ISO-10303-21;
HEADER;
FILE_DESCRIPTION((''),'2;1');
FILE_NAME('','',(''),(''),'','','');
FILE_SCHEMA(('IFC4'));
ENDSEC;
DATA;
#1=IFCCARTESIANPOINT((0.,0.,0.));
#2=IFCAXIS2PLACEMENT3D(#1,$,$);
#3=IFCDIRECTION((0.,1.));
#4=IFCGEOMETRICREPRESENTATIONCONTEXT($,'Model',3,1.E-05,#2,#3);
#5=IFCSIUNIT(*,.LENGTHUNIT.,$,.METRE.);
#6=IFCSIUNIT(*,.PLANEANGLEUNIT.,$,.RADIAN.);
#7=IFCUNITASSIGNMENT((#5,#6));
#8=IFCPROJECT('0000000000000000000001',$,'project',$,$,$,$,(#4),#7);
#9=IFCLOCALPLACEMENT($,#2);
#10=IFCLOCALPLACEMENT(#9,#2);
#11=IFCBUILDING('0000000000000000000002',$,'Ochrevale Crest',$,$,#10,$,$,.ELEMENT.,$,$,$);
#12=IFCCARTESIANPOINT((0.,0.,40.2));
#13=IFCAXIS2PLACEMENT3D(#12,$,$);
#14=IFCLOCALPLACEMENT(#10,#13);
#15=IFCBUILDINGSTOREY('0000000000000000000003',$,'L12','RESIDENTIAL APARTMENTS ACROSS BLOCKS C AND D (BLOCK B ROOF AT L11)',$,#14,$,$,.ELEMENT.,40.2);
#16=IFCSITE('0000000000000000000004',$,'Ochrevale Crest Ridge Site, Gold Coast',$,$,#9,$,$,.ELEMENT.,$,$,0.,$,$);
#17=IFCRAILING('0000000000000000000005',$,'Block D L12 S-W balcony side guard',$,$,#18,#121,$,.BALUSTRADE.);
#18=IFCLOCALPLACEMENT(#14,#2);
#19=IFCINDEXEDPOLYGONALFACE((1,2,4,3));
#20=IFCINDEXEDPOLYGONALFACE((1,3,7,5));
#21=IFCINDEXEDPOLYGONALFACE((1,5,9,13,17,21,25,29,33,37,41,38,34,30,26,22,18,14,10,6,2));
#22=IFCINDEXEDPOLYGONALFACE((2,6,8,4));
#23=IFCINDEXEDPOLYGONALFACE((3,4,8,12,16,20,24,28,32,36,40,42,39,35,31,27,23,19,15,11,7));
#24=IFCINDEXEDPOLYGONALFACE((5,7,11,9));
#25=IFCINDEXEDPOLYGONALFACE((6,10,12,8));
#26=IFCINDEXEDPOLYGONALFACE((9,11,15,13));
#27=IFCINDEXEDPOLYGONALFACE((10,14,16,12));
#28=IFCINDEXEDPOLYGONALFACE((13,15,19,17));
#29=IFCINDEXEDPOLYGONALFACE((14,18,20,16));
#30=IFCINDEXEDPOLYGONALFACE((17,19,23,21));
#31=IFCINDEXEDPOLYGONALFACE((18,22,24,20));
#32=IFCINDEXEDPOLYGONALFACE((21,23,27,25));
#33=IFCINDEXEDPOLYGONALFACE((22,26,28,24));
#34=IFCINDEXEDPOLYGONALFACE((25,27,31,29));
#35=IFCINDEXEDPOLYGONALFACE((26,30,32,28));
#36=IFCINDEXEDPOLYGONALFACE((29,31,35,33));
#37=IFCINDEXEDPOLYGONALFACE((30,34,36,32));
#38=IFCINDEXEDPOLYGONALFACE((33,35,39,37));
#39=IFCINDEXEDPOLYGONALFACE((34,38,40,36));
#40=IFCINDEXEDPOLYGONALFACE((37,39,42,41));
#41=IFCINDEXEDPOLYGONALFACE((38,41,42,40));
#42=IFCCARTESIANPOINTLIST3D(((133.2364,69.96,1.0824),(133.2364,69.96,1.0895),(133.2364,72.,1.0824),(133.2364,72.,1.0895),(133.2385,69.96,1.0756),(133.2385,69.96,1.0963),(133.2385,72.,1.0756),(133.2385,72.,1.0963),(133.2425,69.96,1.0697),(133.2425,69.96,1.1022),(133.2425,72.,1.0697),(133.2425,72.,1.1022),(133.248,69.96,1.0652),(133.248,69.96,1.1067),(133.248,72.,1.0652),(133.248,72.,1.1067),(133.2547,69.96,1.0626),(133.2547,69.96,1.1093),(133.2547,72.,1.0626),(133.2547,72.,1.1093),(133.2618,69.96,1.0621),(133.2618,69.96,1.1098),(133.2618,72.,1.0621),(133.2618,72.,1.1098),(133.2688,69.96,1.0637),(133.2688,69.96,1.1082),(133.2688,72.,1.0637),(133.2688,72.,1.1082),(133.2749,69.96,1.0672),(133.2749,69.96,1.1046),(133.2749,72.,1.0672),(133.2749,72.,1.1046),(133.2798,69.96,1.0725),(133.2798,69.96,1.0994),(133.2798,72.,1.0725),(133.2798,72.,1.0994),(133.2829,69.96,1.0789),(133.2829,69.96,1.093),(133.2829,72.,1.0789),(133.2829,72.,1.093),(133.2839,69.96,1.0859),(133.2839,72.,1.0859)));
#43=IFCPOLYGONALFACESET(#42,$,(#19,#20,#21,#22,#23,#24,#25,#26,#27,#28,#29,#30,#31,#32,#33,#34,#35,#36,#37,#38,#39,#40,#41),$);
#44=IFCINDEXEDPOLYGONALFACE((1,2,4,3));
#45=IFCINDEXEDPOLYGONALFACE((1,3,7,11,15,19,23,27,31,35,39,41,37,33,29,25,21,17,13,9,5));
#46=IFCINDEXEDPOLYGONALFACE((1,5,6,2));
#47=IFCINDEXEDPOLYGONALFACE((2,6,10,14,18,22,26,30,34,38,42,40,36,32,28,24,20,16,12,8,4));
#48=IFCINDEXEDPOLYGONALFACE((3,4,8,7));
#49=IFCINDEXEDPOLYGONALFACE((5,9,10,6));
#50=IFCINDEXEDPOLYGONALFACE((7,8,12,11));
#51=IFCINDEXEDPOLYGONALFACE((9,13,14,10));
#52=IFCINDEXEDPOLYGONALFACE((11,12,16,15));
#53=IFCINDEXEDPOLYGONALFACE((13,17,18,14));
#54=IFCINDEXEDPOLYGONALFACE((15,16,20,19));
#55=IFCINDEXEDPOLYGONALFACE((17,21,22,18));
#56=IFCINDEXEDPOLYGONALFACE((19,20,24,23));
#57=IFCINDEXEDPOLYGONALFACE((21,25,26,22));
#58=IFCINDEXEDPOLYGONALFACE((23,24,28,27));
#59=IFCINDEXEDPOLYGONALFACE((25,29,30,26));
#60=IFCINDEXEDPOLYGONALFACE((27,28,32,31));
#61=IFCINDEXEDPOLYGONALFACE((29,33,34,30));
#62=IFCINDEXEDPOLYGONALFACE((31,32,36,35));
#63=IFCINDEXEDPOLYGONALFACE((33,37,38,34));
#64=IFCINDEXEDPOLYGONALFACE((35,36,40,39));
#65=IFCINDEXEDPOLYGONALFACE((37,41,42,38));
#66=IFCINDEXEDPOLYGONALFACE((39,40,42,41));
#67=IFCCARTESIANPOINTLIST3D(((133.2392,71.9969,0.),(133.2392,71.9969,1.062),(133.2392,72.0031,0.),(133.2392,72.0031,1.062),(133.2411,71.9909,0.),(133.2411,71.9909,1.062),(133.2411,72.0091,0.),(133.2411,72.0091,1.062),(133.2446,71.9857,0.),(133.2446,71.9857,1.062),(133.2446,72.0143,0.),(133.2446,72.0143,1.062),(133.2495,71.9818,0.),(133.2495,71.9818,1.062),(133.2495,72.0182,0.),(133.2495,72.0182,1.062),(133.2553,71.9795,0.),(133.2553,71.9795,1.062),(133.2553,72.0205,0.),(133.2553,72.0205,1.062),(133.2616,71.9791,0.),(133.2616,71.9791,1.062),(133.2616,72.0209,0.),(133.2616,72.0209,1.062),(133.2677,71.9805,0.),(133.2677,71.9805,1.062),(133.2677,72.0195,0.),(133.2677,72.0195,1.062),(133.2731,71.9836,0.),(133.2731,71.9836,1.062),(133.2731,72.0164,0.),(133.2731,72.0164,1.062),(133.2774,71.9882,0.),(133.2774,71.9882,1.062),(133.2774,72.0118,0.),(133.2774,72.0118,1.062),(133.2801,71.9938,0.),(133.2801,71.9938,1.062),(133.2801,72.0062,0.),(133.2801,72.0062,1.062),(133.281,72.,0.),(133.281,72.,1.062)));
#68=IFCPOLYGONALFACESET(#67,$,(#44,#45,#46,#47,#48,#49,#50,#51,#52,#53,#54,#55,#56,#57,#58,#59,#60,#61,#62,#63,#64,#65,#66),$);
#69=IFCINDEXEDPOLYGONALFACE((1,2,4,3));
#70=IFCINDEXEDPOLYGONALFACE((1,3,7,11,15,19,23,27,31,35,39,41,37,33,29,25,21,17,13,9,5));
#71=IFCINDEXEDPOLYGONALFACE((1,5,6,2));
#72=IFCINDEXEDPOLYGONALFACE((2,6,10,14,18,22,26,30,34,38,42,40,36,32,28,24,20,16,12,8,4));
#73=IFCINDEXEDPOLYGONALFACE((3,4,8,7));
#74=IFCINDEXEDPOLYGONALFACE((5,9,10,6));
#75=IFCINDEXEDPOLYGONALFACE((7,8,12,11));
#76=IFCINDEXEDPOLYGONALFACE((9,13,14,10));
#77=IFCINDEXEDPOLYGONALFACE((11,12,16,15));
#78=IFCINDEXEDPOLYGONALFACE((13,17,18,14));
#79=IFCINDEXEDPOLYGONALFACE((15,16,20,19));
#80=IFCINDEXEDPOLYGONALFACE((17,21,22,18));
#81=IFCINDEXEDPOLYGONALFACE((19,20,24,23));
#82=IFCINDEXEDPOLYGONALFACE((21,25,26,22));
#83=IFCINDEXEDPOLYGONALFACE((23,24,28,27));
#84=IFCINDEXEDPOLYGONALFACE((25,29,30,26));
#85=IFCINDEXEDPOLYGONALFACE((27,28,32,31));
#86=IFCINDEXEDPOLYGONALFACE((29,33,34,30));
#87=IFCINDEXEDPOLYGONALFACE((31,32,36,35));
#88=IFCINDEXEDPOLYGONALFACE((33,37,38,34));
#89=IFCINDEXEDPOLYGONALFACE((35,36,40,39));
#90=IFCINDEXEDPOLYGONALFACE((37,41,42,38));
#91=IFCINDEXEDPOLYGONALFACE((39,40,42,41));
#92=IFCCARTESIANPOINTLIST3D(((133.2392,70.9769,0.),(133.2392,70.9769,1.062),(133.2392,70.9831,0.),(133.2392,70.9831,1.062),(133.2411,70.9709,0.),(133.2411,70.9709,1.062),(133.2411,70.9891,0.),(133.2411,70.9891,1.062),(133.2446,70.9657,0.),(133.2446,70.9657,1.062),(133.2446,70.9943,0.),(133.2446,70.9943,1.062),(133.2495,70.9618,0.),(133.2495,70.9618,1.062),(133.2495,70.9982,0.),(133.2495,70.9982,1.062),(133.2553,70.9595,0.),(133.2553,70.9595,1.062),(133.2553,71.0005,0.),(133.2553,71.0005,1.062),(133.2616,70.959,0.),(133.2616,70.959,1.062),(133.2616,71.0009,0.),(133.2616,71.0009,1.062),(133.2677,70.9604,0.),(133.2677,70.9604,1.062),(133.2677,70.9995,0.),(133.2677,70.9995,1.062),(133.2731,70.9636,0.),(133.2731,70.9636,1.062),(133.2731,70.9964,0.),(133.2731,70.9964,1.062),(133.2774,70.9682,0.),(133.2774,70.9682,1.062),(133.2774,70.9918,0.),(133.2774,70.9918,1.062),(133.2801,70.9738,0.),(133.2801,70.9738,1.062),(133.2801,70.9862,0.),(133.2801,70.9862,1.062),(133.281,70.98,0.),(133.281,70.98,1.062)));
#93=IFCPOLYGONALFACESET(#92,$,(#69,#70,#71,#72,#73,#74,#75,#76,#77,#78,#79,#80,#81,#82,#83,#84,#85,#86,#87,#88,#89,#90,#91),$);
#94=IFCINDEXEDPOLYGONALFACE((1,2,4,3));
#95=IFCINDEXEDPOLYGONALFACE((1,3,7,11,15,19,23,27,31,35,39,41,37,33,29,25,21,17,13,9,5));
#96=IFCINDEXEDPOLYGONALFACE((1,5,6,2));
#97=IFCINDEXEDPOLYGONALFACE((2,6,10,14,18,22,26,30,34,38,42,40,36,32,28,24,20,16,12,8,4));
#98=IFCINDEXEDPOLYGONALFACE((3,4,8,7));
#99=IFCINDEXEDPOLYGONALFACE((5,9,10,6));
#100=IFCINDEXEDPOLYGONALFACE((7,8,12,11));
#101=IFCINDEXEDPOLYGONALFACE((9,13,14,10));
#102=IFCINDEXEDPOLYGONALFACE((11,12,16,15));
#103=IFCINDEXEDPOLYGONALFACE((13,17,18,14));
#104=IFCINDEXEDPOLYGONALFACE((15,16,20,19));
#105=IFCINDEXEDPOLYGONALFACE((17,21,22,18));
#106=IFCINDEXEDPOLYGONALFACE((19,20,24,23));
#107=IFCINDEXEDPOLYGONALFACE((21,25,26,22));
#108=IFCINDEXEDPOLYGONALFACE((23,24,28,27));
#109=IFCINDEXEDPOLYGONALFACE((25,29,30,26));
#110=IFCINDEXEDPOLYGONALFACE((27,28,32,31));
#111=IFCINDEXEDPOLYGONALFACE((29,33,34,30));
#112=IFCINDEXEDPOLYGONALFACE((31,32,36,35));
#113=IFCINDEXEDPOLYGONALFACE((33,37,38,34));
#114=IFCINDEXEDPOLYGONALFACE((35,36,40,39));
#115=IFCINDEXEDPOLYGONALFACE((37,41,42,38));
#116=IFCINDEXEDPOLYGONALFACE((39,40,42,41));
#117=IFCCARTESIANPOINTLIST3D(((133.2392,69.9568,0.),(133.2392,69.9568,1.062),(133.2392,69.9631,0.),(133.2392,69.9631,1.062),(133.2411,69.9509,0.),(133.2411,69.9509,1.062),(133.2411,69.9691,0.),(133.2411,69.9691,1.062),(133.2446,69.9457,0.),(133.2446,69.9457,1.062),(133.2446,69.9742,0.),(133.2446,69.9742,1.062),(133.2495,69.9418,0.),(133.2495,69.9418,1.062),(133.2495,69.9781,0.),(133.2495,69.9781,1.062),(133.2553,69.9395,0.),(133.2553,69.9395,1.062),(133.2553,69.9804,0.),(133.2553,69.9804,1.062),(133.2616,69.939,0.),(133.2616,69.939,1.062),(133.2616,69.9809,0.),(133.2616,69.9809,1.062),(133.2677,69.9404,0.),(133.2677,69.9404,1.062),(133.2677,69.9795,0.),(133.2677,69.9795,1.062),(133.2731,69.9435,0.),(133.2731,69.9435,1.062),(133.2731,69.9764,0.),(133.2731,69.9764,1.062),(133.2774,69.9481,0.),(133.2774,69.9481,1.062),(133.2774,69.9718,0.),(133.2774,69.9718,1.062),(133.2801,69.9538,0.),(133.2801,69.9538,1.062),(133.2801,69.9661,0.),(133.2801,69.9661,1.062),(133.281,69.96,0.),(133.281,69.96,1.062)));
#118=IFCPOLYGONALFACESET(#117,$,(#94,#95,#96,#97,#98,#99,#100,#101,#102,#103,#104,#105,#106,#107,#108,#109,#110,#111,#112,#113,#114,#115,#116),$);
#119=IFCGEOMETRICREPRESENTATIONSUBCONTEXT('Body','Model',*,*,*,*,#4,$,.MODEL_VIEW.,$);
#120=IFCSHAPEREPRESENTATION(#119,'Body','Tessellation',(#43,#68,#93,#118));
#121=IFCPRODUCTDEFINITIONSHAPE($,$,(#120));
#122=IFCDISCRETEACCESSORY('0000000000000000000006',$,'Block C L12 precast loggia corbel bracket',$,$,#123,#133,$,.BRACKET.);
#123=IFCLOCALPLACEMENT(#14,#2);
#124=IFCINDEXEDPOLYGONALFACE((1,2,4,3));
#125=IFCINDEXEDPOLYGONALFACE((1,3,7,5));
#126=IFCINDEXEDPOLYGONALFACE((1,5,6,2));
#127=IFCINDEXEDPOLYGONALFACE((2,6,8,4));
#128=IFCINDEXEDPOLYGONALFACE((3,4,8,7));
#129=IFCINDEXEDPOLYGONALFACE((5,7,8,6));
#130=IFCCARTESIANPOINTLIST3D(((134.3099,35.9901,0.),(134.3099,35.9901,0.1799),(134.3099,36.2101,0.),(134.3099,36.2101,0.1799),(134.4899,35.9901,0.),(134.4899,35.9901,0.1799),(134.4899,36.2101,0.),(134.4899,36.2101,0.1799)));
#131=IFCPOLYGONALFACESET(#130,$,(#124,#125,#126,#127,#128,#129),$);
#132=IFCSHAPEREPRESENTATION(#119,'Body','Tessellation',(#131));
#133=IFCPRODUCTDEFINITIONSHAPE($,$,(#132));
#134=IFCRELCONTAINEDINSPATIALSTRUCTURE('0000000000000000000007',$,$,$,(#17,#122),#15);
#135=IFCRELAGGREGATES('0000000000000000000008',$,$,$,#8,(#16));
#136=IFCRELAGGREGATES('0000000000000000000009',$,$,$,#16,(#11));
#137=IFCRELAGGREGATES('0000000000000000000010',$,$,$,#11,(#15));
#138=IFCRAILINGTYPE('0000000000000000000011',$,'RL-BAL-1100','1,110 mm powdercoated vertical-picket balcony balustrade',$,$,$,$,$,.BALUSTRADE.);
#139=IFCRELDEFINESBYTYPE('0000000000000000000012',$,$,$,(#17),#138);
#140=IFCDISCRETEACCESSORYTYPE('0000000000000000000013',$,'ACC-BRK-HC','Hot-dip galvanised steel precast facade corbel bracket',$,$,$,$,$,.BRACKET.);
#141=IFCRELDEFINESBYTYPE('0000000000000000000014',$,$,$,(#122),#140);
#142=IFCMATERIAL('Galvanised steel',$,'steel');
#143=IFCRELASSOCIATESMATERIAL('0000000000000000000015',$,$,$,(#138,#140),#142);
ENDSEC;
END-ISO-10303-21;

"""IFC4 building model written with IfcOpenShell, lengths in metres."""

from ifc_helpers import new_model, si_unit, direction, frame, origin, origin_2d, place, context, subcontext, project, spatial, rectangle, circle, extrude, material, type_object, element, save


model = new_model("IFC4")

# Units and contexts
model_context = context("Model", 3, precision=1e-05, world=origin(), true_north=direction((0.0, 1.0)))
body_context = subcontext(model_context, "Body", "Model", "MODEL_VIEW")
ifc_project = project(units=[si_unit("LENGTHUNIT", "METRE"), si_unit("PLANEANGLEUNIT", "RADIAN")], contexts=[model_context])

# Site, building, storey
site_placement = place(None, origin())
site = spatial("IfcSite", under=ifc_project, at=site_placement, Name="Ochrevale Crest Ridge Site, Gold Coast", CompositionType="ELEMENT", RefElevation=0.0)
building_placement = place(site_placement, origin())
building = spatial("IfcBuilding", under=site, at=building_placement, Name="Ochrevale Crest", CompositionType="ELEMENT")
storey_placement = place(building_placement, frame((0.0, 0.0, 40.2)))
storey = spatial("IfcBuildingStorey", under=building, at=storey_placement, Name="L12", Description="RESIDENTIAL APARTMENTS ACROSS BLOCKS C AND D (BLOCK B ROOF AT L11)", CompositionType="ELEMENT", Elevation=40.2)

# Railing
ifc_material_1 = material(Name="Galvanised steel", Category="steel")
railing_type = type_object("IfcRailingType", Name="RL-BAL-1100", Description="1,110 mm powdercoated vertical-picket balcony balustrade", PredefinedType="BALUSTRADE", material=ifc_material_1)
railing_1_placement = place(storey_placement, frame((133.26, 72.0, 0.0)))
element("IfcRailing", 1, at=railing_1_placement, inside=storey, type_object=railing_type, Name="Block D L12 S-W balcony side guard", PredefinedType="BALUSTRADE", context=body_context, shape_type="SweptSolid", body=[
    extrude(circle(Radius=0.0239, at=origin_2d()), frame((0.0, 0.0, 1.0859), z_axis=(0.0, -1.0, 0.0), x_axis=(1.0, 0.0, 0.0)), (0.0, 0.0, 1.0), 2.04),
    extrude(circle(Radius=0.021, at=origin_2d()), origin(), (0.0, 0.0, 1.0), 1.062),
    extrude(circle(Radius=0.021, at=origin_2d()), frame((0.0, -1.02, 0.0)), (0.0, 0.0, 1.0), 1.062),
    extrude(circle(Radius=0.021, at=origin_2d()), frame((0.0, -2.04, 0.0)), (0.0, 0.0, 1.0), 1.062),
])

# Discrete accessory
discrete_accessory_type = type_object("IfcDiscreteAccessoryType", Name="ACC-BRK-HC", Description="Hot-dip galvanised steel precast facade corbel bracket", PredefinedType="BRACKET", material=ifc_material_1)
discrete_accessory_placement = place(storey_placement, frame((134.3999, 36.1001, 0.0), z_axis=(0.0, 0.0, 1.0), x_axis=(1.0, 0.0, 0.0)))
element("IfcDiscreteAccessory", 2, at=discrete_accessory_placement, inside=storey, type_object=discrete_accessory_type, Name="Block C L12 precast loggia corbel bracket", PredefinedType="BRACKET", context=body_context, shape_type="SweptSolid", body=[
    extrude(rectangle(XDim=0.1799, YDim=0.22, at=origin_2d()), origin(), (0.0, 0.0, 1.0), 0.1799),
])

save(model, "model.ifc")
